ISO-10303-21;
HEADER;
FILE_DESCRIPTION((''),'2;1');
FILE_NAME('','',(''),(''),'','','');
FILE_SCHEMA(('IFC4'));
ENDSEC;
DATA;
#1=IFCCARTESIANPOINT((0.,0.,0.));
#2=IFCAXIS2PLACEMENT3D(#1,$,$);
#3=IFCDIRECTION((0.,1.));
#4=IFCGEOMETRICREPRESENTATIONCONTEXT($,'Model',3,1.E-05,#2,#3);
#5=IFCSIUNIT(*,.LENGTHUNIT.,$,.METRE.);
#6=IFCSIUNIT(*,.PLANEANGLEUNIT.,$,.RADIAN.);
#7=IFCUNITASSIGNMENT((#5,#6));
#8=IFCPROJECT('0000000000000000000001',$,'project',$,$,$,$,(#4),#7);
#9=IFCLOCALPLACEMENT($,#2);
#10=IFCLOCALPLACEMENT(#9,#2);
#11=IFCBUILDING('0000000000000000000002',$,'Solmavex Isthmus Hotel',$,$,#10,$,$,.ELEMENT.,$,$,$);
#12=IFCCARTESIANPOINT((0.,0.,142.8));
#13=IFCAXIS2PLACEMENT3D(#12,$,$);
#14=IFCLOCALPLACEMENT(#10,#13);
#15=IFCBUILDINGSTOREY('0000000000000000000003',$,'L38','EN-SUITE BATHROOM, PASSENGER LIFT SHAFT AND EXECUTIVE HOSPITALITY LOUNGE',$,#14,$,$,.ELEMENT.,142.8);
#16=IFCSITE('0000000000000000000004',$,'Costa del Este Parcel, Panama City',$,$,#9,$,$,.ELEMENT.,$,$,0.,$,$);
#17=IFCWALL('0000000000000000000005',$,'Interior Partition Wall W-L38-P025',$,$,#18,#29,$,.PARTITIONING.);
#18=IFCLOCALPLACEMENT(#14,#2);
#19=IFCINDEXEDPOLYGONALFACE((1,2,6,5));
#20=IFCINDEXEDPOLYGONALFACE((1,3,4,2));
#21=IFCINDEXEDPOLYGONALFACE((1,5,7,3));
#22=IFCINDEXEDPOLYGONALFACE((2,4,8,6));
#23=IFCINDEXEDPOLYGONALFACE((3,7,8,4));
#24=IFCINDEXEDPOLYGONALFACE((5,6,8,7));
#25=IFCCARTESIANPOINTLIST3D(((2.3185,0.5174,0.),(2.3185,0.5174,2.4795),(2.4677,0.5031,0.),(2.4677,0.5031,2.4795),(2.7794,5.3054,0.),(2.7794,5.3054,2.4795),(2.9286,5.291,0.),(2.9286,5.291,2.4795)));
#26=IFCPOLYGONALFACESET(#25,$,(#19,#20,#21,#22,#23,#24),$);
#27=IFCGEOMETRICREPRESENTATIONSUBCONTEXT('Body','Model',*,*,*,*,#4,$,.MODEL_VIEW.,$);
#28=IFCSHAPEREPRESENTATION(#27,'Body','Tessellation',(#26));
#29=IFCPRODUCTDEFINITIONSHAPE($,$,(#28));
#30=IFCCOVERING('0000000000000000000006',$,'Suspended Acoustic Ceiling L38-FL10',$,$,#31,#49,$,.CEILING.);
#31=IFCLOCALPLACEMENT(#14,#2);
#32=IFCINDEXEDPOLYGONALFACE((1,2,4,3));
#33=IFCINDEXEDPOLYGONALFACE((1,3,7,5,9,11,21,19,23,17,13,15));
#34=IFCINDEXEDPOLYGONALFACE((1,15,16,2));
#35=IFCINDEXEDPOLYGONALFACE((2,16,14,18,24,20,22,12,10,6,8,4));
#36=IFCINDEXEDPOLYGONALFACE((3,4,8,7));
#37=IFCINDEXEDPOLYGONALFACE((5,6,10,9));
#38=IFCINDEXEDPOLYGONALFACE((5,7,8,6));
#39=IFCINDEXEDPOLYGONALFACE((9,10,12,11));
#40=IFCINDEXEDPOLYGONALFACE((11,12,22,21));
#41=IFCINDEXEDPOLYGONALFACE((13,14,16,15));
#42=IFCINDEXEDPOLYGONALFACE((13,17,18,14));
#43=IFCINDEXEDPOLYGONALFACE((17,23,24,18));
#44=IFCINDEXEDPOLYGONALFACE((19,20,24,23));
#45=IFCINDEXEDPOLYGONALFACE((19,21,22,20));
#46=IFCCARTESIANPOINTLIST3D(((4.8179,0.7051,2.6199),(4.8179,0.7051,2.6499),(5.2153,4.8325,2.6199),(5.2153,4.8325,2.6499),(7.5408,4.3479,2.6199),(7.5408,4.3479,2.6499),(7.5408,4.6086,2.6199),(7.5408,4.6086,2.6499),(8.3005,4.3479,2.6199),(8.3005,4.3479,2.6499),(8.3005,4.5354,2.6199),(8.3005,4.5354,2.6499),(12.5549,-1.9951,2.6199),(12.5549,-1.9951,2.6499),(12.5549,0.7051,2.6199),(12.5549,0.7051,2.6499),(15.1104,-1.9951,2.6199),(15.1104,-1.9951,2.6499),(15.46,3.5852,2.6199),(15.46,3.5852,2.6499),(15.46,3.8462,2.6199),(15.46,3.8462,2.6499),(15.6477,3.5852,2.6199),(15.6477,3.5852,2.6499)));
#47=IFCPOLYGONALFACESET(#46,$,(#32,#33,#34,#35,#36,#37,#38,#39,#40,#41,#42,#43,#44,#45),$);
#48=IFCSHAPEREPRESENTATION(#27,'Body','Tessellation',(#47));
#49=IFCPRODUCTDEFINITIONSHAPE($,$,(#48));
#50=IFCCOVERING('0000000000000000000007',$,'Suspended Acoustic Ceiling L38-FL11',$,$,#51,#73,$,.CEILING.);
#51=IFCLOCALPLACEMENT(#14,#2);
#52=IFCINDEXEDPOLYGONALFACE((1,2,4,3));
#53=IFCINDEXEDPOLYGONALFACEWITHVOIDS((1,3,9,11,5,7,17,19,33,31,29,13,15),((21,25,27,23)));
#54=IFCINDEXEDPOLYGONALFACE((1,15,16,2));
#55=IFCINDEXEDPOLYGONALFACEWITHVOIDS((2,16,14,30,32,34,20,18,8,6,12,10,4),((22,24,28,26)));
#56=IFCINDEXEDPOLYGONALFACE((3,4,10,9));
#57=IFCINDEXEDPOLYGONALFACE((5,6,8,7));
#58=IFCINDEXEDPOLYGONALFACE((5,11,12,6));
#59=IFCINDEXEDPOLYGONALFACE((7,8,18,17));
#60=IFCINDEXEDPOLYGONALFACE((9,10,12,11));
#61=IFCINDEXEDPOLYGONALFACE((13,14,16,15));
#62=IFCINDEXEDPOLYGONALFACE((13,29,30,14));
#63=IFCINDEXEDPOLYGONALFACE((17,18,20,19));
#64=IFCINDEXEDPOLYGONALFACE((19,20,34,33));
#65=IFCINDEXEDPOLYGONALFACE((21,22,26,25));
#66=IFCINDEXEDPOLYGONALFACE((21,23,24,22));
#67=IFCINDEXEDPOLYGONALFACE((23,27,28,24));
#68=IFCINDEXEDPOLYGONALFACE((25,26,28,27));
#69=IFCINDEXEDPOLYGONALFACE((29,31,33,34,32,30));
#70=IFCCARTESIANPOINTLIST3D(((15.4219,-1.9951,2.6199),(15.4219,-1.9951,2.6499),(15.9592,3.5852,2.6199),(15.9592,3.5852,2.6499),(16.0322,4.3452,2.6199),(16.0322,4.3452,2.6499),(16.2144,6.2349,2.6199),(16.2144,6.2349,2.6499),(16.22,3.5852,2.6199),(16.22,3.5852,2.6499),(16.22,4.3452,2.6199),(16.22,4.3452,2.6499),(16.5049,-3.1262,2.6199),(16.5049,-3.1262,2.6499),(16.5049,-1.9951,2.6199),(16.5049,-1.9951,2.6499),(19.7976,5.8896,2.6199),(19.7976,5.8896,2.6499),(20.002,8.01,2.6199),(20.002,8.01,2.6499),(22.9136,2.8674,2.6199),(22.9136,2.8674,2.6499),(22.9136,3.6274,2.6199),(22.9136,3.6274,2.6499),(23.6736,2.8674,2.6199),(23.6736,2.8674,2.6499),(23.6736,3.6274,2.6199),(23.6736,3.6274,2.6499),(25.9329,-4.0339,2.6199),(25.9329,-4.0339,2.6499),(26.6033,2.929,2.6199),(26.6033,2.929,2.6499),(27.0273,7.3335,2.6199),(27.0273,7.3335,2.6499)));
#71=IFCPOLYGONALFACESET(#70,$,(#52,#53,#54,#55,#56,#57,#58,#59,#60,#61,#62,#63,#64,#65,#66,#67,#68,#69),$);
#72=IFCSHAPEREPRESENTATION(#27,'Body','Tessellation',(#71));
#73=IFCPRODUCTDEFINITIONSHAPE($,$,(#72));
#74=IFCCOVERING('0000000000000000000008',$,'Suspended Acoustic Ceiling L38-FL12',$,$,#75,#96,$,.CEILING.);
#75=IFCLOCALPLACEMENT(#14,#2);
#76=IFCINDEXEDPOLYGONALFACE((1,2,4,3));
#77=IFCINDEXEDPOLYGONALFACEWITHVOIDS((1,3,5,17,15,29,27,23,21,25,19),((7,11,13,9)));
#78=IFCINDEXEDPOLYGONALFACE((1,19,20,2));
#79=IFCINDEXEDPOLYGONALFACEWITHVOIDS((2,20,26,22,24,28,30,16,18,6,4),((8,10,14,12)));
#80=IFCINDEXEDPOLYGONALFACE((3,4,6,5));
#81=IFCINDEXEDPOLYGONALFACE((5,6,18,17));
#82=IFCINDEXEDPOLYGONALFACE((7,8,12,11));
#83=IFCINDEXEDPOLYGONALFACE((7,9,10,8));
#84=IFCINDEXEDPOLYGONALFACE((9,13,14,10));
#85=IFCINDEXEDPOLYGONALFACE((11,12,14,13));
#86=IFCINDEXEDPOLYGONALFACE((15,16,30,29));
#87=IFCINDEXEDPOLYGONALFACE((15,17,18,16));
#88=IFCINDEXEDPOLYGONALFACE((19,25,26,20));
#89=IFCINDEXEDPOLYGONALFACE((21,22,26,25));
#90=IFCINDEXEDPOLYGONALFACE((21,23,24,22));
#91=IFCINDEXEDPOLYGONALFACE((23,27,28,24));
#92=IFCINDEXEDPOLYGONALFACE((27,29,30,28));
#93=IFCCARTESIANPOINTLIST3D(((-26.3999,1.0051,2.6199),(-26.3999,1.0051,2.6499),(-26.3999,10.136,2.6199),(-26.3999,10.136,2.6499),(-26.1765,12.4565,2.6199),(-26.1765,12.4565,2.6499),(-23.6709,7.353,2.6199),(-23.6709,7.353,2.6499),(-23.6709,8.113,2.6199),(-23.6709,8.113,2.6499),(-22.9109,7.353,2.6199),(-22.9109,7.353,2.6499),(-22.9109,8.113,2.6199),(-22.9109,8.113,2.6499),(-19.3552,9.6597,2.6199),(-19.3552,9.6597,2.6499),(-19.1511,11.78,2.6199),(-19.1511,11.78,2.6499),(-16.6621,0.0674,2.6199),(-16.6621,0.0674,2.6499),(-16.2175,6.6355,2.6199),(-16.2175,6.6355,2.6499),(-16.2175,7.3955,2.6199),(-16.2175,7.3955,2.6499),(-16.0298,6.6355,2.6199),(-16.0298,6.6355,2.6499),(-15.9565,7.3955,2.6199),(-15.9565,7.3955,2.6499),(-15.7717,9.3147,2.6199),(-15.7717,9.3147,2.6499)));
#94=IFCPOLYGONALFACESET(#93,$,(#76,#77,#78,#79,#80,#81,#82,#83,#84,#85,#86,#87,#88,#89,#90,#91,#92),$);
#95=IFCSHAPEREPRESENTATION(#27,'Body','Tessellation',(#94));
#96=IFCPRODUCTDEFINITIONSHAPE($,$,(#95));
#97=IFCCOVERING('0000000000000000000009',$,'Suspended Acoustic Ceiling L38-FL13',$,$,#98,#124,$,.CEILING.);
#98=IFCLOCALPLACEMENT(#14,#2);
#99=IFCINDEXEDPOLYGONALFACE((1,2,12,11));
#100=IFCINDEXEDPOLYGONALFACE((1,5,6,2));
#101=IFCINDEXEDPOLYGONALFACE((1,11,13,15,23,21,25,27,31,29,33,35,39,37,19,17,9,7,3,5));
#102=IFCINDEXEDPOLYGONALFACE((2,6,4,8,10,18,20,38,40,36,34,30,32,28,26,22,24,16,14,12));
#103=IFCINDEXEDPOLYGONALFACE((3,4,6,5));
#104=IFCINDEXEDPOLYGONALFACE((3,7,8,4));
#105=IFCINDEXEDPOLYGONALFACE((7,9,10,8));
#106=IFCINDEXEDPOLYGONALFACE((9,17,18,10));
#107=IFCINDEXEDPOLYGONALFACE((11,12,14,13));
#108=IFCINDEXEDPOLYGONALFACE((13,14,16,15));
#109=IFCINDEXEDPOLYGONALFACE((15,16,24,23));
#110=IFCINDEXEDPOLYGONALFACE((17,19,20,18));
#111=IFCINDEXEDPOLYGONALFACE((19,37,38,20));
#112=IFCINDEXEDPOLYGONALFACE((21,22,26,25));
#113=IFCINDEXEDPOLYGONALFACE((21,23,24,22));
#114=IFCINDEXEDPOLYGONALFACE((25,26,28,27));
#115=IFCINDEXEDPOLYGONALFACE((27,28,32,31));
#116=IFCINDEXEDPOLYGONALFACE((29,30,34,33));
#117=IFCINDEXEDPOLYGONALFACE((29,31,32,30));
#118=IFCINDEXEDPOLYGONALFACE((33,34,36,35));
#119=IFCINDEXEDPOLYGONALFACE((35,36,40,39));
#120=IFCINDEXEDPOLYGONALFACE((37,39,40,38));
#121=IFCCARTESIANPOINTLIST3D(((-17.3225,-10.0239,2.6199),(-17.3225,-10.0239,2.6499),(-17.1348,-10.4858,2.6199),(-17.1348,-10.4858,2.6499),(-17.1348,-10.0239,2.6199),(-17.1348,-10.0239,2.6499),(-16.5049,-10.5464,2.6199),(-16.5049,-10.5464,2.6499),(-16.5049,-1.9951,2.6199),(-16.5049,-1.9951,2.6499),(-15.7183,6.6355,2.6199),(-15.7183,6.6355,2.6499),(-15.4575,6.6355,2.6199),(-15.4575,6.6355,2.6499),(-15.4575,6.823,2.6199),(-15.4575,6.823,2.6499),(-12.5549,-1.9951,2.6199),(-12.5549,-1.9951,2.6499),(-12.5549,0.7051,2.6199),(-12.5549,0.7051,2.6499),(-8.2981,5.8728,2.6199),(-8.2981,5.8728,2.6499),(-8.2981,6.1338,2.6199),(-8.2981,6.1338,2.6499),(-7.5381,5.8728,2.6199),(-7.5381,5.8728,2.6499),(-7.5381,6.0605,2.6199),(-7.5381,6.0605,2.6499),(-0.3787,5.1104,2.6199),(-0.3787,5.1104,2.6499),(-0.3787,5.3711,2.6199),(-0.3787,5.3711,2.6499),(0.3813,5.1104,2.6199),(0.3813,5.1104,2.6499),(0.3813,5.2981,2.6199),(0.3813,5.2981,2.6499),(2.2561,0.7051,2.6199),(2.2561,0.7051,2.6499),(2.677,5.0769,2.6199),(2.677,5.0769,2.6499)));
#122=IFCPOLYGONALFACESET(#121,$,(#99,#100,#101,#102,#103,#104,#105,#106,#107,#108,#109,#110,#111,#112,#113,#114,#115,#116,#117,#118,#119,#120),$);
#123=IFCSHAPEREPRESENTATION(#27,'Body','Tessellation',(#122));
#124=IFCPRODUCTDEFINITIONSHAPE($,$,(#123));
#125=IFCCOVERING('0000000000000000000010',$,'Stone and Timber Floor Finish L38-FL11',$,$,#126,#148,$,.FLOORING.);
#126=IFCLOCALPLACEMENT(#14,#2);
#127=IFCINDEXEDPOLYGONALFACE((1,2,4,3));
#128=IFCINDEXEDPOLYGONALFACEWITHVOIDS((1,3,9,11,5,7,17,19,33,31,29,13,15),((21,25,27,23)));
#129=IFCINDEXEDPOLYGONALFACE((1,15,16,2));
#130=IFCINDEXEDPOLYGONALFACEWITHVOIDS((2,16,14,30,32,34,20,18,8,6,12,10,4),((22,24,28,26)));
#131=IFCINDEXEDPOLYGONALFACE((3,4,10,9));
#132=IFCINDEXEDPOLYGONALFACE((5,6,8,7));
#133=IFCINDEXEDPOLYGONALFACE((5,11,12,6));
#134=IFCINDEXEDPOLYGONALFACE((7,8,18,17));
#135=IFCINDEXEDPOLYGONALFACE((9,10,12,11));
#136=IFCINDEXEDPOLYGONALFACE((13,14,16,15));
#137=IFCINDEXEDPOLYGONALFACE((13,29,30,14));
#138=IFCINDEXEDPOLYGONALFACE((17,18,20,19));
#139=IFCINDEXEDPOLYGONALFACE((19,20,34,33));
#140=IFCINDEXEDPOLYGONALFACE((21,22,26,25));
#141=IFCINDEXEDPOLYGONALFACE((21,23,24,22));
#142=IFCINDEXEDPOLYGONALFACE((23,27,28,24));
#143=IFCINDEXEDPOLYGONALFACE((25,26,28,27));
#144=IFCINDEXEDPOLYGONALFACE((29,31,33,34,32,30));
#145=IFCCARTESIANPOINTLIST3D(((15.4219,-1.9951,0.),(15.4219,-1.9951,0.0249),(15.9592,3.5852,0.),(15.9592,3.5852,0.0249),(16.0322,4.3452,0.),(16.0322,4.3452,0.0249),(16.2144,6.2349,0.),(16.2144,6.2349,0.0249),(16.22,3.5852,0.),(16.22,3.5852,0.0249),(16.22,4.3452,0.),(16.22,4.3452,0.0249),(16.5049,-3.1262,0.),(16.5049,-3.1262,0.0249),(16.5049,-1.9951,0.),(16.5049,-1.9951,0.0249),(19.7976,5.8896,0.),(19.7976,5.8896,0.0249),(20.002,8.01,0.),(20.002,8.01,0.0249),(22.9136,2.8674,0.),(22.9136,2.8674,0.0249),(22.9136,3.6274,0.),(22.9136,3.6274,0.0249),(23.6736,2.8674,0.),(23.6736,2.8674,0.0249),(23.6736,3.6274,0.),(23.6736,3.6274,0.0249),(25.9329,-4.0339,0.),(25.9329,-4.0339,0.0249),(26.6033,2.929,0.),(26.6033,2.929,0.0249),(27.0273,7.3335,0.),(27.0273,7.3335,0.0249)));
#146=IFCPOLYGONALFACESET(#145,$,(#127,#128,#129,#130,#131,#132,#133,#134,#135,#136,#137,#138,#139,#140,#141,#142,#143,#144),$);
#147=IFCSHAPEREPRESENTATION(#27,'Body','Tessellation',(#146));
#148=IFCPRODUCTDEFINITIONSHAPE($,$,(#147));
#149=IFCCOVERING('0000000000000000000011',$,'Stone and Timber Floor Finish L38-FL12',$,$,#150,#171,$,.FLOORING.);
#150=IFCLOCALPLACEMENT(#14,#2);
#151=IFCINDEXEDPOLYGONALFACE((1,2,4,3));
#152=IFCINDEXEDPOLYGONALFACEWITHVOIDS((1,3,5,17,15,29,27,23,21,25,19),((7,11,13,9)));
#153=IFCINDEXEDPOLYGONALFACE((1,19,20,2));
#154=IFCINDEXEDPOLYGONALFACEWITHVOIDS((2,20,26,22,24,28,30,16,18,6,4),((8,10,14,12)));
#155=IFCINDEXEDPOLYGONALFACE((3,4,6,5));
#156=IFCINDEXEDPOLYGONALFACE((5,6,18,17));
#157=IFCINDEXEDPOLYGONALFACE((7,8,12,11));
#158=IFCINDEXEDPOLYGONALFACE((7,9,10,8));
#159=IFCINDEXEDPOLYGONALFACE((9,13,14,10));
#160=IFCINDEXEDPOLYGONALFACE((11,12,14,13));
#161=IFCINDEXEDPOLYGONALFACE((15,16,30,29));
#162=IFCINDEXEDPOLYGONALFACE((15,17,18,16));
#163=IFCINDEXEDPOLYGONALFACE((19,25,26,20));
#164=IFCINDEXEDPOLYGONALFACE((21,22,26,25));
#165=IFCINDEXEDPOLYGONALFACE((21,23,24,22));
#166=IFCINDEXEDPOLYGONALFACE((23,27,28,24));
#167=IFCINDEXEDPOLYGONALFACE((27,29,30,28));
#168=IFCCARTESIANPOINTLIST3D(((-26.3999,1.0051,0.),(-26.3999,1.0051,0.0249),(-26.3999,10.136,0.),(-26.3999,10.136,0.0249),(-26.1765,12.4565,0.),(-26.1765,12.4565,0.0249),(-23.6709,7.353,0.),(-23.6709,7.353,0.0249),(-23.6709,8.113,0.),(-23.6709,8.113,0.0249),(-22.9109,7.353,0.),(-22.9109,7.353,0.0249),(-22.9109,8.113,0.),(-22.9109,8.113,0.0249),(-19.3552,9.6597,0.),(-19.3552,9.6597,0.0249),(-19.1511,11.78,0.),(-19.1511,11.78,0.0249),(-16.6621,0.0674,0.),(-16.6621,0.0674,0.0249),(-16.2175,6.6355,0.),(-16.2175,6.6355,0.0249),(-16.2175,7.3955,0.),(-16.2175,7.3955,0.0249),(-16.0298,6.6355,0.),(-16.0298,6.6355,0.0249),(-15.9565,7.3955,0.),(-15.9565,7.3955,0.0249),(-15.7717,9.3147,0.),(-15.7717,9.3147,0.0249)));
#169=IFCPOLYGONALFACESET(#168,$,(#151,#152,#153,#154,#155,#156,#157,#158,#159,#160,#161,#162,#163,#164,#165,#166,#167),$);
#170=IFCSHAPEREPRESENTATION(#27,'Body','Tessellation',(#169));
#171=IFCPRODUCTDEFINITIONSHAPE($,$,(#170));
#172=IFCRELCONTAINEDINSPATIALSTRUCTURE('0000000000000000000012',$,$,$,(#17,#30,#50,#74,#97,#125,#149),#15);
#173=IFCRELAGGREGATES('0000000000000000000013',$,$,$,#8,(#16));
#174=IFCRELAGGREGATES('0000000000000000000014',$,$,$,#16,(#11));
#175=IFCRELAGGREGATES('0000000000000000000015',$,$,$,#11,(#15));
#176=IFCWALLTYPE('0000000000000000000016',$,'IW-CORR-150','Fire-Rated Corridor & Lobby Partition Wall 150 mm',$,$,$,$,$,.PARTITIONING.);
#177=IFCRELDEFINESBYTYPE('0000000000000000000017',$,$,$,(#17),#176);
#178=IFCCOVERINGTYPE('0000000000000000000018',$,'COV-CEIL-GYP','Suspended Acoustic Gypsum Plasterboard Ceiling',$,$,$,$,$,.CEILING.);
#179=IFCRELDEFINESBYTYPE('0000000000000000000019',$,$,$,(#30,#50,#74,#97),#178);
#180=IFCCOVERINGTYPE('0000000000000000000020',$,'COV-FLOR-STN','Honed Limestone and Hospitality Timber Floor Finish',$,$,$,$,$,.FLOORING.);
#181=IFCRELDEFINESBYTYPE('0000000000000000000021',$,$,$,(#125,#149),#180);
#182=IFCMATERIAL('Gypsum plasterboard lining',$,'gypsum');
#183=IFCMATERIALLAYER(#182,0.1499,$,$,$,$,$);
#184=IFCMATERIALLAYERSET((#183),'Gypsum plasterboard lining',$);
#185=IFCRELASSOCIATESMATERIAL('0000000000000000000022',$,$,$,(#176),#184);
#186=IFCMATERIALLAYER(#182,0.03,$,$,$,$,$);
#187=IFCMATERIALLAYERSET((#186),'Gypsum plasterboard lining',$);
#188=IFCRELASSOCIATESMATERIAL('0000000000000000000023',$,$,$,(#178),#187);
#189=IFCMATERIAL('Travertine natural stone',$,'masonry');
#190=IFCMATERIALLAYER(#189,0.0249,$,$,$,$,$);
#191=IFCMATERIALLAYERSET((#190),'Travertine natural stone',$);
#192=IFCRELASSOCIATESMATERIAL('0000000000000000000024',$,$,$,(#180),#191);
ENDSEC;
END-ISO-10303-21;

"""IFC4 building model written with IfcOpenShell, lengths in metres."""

from ifc_helpers import new_model, si_unit, direction, frame, frame_2d, origin, place, context, subcontext, project, spatial, polyline, rectangle, outline, extrude, material, layer, layer_set, type_object, element, save


model = new_model("IFC4")

# Units and contexts
model_context = context("Model", 3, precision=1e-05, world=origin(), true_north=direction((0.0, 1.0)))
body_context = subcontext(model_context, "Body", "Model", "MODEL_VIEW")
ifc_project = project(units=[si_unit("LENGTHUNIT", "METRE"), si_unit("PLANEANGLEUNIT", "RADIAN")], contexts=[model_context])

# Site, building, storey
site_placement = place(None, origin())
site = spatial("IfcSite", under=ifc_project, at=site_placement, Name="Costa del Este Parcel, Panama City", CompositionType="ELEMENT", RefElevation=0.0)
building_placement = place(site_placement, origin())
building = spatial("IfcBuilding", under=site, at=building_placement, Name="Solmavex Isthmus Hotel", CompositionType="ELEMENT")
storey_placement = place(building_placement, frame((0.0, 0.0, 142.8)))
storey = spatial("IfcBuildingStorey", under=building, at=storey_placement, Name="L38", Description="EN-SUITE BATHROOM, PASSENGER LIFT SHAFT AND EXECUTIVE HOSPITALITY LOUNGE", CompositionType="ELEMENT", Elevation=142.8)

# Shared definitions
ifc_material_1 = material(Name="Gypsum plasterboard lining", Category="gypsum")
ifc_layer_1 = layer(ifc_material_1, 0.1499)
ifc_layer_set_1 = layer_set([ifc_layer_1], Name="Gypsum plasterboard lining")
wall_type_1 = type_object("IfcWallType", Name="IW-CORR-150", Description="Fire-Rated Corridor & Lobby Partition Wall 150 mm", PredefinedType="PARTITIONING", material=ifc_layer_set_1)

# Wall
wall_1_placement = place(storey_placement, frame((2.3931, 0.5103, 0.0), z_axis=(0.0, 0.0, 1.0), x_axis=(0.095829, 0.995398, 0.0)))
element("IfcWall", 1, at=wall_1_placement, inside=storey, type_object=wall_type_1, Name="Interior Partition Wall W-L38-P025", PredefinedType="PARTITIONING", context=body_context, shape_type="SweptSolid", body=[
    extrude(rectangle(XDim=4.8101, YDim=0.1499, at=frame_2d((2.405, 0.0))), origin(), (0.0, 0.0, 1.0), 2.4795),
])

# Coverings
ifc_layer_2 = layer(ifc_material_1, 0.03)
ifc_layer_set_2 = layer_set([ifc_layer_2], Name="Gypsum plasterboard lining")
covering_type_1 = type_object("IfcCoveringType", Name="COV-CEIL-GYP", Description="Suspended Acoustic Gypsum Plasterboard Ceiling", PredefinedType="CEILING", material=ifc_layer_set_2)
covering_1_placement = place(storey_placement, frame((0.0, 0.0, 2.6199)))
element("IfcCovering", 2, at=covering_1_placement, inside=storey, type_object=covering_type_1, Name="Suspended Acoustic Ceiling L38-FL10", PredefinedType="CEILING", context=body_context, shape_type="SweptSolid", body=[
    extrude(outline(polyline([(8.3005, 4.5354), (8.3005, 4.3479), (7.5408, 4.3479), (7.5408, 4.6086), (5.2153, 4.8325), (4.8179, 0.7051), (12.5549, 0.7051), (12.5549, -1.9951), (15.1104, -1.9951), (15.6477, 3.5852), (15.46, 3.5852), (15.46, 3.8462), (8.3005, 4.5354)])), origin(), (0.0, 0.0, 1.0), 0.03),
])
covering_2_placement = place(storey_placement, frame((0.0, 0.0, 2.6199)))
element("IfcCovering", 3, at=covering_2_placement, inside=storey, type_object=covering_type_1, Name="Suspended Acoustic Ceiling L38-FL11", PredefinedType="CEILING", context=body_context, shape_type="SweptSolid", body=[
    extrude(outline(polyline([(16.0322, 4.3452), (16.22, 4.3452), (16.22, 3.5852), (15.9592, 3.5852), (15.4219, -1.9951), (16.5049, -1.9951), (16.5049, -3.1262), (25.9329, -4.0339), (26.6033, 2.929), (27.0273, 7.3335), (20.002, 8.01), (19.7976, 5.8896), (16.2144, 6.2349), (16.0322, 4.3452)]), holes=[polyline([(22.9136, 2.8674), (22.9136, 3.6274), (23.6736, 3.6274), (23.6736, 2.8674), (22.9136, 2.8674)])]), origin(), (0.0, 0.0, 1.0), 0.03),
])
covering_3_placement = place(storey_placement, frame((0.0, 0.0, 2.6199)))
element("IfcCovering", 4, at=covering_3_placement, inside=storey, type_object=covering_type_1, Name="Suspended Acoustic Ceiling L38-FL12", PredefinedType="CEILING", context=body_context, shape_type="SweptSolid", body=[
    extrude(outline(polyline([(-16.0298, 6.6355), (-16.2175, 6.6355), (-16.2175, 7.3955), (-15.9565, 7.3955), (-15.7717, 9.3147), (-19.3552, 9.6597), (-19.1511, 11.78), (-26.1765, 12.4565), (-26.3999, 10.136), (-26.3999, 1.0051), (-16.6621, 0.0674), (-16.0298, 6.6355)]), holes=[polyline([(-23.6709, 7.353), (-23.6709, 8.113), (-22.9109, 8.113), (-22.9109, 7.353), (-23.6709, 7.353)])]), origin(), (0.0, 0.0, 1.0), 0.03),
])
covering_4_placement = place(storey_placement, frame((0.0, 0.0, 2.6199)))
element("IfcCovering", 5, at=covering_4_placement, inside=storey, type_object=covering_type_1, Name="Suspended Acoustic Ceiling L38-FL13", PredefinedType="CEILING", context=body_context, shape_type="SweptSolid", body=[
    extrude(outline(polyline([(-17.3225, -10.0239), (-17.1348, -10.0239), (-17.1348, -10.4858), (-16.5049, -10.5464), (-16.5049, -1.9951), (-12.5549, -1.9951), (-12.5549, 0.7051), (2.2561, 0.7051), (2.677, 5.0769), (0.3813, 5.2981), (0.3813, 5.1104), (-0.3787, 5.1104), (-0.3787, 5.3711), (-7.5381, 6.0605), (-7.5381, 5.8728), (-8.2981, 5.8728), (-8.2981, 6.1338), (-15.4575, 6.823), (-15.4575, 6.6355), (-15.7183, 6.6355), (-17.3225, -10.0239)])), origin(), (0.0, 0.0, 1.0), 0.03),
])
ifc_material_2 = material(Name="Travertine natural stone", Category="masonry")
ifc_layer_3 = layer(ifc_material_2, 0.0249)
ifc_layer_set_3 = layer_set([ifc_layer_3], Name="Travertine natural stone")
covering_type_2 = type_object("IfcCoveringType", Name="COV-FLOR-STN", Description="Honed Limestone and Hospitality Timber Floor Finish", PredefinedType="FLOORING", material=ifc_layer_set_3)
covering_5_placement = place(storey_placement, origin())
element("IfcCovering", 6, at=covering_5_placement, inside=storey, type_object=covering_type_2, Name="Stone and Timber Floor Finish L38-FL11", PredefinedType="FLOORING", context=body_context, shape_type="SweptSolid", body=[
    extrude(outline(polyline([(16.0322, 4.3452), (16.22, 4.3452), (16.22, 3.5852), (15.9592, 3.5852), (15.4219, -1.9951), (16.5049, -1.9951), (16.5049, -3.1262), (25.9329, -4.0339), (26.6033, 2.929), (27.0273, 7.3335), (20.002, 8.01), (19.7976, 5.8896), (16.2144, 6.2349), (16.0322, 4.3452)]), holes=[polyline([(22.9136, 2.8674), (22.9136, 3.6274), (23.6736, 3.6274), (23.6736, 2.8674), (22.9136, 2.8674)])]), origin(), (0.0, 0.0, 1.0), 0.0249),
])
covering_6_placement = place(storey_placement, origin())
element("IfcCovering", 7, at=covering_6_placement, inside=storey, type_object=covering_type_2, Name="Stone and Timber Floor Finish L38-FL12", PredefinedType="FLOORING", context=body_context, shape_type="SweptSolid", body=[
    extrude(outline(polyline([(-16.0298, 6.6355), (-16.2175, 6.6355), (-16.2175, 7.3955), (-15.9565, 7.3955), (-15.7717, 9.3147), (-19.3552, 9.6597), (-19.1511, 11.78), (-26.1765, 12.4565), (-26.3999, 10.136), (-26.3999, 1.0051), (-16.6621, 0.0674), (-16.0298, 6.6355)]), holes=[polyline([(-23.6709, 7.353), (-23.6709, 8.113), (-22.9109, 8.113), (-22.9109, 7.353), (-23.6709, 7.353)])]), origin(), (0.0, 0.0, 1.0), 0.0249),
])

save(model, "model.ifc")
